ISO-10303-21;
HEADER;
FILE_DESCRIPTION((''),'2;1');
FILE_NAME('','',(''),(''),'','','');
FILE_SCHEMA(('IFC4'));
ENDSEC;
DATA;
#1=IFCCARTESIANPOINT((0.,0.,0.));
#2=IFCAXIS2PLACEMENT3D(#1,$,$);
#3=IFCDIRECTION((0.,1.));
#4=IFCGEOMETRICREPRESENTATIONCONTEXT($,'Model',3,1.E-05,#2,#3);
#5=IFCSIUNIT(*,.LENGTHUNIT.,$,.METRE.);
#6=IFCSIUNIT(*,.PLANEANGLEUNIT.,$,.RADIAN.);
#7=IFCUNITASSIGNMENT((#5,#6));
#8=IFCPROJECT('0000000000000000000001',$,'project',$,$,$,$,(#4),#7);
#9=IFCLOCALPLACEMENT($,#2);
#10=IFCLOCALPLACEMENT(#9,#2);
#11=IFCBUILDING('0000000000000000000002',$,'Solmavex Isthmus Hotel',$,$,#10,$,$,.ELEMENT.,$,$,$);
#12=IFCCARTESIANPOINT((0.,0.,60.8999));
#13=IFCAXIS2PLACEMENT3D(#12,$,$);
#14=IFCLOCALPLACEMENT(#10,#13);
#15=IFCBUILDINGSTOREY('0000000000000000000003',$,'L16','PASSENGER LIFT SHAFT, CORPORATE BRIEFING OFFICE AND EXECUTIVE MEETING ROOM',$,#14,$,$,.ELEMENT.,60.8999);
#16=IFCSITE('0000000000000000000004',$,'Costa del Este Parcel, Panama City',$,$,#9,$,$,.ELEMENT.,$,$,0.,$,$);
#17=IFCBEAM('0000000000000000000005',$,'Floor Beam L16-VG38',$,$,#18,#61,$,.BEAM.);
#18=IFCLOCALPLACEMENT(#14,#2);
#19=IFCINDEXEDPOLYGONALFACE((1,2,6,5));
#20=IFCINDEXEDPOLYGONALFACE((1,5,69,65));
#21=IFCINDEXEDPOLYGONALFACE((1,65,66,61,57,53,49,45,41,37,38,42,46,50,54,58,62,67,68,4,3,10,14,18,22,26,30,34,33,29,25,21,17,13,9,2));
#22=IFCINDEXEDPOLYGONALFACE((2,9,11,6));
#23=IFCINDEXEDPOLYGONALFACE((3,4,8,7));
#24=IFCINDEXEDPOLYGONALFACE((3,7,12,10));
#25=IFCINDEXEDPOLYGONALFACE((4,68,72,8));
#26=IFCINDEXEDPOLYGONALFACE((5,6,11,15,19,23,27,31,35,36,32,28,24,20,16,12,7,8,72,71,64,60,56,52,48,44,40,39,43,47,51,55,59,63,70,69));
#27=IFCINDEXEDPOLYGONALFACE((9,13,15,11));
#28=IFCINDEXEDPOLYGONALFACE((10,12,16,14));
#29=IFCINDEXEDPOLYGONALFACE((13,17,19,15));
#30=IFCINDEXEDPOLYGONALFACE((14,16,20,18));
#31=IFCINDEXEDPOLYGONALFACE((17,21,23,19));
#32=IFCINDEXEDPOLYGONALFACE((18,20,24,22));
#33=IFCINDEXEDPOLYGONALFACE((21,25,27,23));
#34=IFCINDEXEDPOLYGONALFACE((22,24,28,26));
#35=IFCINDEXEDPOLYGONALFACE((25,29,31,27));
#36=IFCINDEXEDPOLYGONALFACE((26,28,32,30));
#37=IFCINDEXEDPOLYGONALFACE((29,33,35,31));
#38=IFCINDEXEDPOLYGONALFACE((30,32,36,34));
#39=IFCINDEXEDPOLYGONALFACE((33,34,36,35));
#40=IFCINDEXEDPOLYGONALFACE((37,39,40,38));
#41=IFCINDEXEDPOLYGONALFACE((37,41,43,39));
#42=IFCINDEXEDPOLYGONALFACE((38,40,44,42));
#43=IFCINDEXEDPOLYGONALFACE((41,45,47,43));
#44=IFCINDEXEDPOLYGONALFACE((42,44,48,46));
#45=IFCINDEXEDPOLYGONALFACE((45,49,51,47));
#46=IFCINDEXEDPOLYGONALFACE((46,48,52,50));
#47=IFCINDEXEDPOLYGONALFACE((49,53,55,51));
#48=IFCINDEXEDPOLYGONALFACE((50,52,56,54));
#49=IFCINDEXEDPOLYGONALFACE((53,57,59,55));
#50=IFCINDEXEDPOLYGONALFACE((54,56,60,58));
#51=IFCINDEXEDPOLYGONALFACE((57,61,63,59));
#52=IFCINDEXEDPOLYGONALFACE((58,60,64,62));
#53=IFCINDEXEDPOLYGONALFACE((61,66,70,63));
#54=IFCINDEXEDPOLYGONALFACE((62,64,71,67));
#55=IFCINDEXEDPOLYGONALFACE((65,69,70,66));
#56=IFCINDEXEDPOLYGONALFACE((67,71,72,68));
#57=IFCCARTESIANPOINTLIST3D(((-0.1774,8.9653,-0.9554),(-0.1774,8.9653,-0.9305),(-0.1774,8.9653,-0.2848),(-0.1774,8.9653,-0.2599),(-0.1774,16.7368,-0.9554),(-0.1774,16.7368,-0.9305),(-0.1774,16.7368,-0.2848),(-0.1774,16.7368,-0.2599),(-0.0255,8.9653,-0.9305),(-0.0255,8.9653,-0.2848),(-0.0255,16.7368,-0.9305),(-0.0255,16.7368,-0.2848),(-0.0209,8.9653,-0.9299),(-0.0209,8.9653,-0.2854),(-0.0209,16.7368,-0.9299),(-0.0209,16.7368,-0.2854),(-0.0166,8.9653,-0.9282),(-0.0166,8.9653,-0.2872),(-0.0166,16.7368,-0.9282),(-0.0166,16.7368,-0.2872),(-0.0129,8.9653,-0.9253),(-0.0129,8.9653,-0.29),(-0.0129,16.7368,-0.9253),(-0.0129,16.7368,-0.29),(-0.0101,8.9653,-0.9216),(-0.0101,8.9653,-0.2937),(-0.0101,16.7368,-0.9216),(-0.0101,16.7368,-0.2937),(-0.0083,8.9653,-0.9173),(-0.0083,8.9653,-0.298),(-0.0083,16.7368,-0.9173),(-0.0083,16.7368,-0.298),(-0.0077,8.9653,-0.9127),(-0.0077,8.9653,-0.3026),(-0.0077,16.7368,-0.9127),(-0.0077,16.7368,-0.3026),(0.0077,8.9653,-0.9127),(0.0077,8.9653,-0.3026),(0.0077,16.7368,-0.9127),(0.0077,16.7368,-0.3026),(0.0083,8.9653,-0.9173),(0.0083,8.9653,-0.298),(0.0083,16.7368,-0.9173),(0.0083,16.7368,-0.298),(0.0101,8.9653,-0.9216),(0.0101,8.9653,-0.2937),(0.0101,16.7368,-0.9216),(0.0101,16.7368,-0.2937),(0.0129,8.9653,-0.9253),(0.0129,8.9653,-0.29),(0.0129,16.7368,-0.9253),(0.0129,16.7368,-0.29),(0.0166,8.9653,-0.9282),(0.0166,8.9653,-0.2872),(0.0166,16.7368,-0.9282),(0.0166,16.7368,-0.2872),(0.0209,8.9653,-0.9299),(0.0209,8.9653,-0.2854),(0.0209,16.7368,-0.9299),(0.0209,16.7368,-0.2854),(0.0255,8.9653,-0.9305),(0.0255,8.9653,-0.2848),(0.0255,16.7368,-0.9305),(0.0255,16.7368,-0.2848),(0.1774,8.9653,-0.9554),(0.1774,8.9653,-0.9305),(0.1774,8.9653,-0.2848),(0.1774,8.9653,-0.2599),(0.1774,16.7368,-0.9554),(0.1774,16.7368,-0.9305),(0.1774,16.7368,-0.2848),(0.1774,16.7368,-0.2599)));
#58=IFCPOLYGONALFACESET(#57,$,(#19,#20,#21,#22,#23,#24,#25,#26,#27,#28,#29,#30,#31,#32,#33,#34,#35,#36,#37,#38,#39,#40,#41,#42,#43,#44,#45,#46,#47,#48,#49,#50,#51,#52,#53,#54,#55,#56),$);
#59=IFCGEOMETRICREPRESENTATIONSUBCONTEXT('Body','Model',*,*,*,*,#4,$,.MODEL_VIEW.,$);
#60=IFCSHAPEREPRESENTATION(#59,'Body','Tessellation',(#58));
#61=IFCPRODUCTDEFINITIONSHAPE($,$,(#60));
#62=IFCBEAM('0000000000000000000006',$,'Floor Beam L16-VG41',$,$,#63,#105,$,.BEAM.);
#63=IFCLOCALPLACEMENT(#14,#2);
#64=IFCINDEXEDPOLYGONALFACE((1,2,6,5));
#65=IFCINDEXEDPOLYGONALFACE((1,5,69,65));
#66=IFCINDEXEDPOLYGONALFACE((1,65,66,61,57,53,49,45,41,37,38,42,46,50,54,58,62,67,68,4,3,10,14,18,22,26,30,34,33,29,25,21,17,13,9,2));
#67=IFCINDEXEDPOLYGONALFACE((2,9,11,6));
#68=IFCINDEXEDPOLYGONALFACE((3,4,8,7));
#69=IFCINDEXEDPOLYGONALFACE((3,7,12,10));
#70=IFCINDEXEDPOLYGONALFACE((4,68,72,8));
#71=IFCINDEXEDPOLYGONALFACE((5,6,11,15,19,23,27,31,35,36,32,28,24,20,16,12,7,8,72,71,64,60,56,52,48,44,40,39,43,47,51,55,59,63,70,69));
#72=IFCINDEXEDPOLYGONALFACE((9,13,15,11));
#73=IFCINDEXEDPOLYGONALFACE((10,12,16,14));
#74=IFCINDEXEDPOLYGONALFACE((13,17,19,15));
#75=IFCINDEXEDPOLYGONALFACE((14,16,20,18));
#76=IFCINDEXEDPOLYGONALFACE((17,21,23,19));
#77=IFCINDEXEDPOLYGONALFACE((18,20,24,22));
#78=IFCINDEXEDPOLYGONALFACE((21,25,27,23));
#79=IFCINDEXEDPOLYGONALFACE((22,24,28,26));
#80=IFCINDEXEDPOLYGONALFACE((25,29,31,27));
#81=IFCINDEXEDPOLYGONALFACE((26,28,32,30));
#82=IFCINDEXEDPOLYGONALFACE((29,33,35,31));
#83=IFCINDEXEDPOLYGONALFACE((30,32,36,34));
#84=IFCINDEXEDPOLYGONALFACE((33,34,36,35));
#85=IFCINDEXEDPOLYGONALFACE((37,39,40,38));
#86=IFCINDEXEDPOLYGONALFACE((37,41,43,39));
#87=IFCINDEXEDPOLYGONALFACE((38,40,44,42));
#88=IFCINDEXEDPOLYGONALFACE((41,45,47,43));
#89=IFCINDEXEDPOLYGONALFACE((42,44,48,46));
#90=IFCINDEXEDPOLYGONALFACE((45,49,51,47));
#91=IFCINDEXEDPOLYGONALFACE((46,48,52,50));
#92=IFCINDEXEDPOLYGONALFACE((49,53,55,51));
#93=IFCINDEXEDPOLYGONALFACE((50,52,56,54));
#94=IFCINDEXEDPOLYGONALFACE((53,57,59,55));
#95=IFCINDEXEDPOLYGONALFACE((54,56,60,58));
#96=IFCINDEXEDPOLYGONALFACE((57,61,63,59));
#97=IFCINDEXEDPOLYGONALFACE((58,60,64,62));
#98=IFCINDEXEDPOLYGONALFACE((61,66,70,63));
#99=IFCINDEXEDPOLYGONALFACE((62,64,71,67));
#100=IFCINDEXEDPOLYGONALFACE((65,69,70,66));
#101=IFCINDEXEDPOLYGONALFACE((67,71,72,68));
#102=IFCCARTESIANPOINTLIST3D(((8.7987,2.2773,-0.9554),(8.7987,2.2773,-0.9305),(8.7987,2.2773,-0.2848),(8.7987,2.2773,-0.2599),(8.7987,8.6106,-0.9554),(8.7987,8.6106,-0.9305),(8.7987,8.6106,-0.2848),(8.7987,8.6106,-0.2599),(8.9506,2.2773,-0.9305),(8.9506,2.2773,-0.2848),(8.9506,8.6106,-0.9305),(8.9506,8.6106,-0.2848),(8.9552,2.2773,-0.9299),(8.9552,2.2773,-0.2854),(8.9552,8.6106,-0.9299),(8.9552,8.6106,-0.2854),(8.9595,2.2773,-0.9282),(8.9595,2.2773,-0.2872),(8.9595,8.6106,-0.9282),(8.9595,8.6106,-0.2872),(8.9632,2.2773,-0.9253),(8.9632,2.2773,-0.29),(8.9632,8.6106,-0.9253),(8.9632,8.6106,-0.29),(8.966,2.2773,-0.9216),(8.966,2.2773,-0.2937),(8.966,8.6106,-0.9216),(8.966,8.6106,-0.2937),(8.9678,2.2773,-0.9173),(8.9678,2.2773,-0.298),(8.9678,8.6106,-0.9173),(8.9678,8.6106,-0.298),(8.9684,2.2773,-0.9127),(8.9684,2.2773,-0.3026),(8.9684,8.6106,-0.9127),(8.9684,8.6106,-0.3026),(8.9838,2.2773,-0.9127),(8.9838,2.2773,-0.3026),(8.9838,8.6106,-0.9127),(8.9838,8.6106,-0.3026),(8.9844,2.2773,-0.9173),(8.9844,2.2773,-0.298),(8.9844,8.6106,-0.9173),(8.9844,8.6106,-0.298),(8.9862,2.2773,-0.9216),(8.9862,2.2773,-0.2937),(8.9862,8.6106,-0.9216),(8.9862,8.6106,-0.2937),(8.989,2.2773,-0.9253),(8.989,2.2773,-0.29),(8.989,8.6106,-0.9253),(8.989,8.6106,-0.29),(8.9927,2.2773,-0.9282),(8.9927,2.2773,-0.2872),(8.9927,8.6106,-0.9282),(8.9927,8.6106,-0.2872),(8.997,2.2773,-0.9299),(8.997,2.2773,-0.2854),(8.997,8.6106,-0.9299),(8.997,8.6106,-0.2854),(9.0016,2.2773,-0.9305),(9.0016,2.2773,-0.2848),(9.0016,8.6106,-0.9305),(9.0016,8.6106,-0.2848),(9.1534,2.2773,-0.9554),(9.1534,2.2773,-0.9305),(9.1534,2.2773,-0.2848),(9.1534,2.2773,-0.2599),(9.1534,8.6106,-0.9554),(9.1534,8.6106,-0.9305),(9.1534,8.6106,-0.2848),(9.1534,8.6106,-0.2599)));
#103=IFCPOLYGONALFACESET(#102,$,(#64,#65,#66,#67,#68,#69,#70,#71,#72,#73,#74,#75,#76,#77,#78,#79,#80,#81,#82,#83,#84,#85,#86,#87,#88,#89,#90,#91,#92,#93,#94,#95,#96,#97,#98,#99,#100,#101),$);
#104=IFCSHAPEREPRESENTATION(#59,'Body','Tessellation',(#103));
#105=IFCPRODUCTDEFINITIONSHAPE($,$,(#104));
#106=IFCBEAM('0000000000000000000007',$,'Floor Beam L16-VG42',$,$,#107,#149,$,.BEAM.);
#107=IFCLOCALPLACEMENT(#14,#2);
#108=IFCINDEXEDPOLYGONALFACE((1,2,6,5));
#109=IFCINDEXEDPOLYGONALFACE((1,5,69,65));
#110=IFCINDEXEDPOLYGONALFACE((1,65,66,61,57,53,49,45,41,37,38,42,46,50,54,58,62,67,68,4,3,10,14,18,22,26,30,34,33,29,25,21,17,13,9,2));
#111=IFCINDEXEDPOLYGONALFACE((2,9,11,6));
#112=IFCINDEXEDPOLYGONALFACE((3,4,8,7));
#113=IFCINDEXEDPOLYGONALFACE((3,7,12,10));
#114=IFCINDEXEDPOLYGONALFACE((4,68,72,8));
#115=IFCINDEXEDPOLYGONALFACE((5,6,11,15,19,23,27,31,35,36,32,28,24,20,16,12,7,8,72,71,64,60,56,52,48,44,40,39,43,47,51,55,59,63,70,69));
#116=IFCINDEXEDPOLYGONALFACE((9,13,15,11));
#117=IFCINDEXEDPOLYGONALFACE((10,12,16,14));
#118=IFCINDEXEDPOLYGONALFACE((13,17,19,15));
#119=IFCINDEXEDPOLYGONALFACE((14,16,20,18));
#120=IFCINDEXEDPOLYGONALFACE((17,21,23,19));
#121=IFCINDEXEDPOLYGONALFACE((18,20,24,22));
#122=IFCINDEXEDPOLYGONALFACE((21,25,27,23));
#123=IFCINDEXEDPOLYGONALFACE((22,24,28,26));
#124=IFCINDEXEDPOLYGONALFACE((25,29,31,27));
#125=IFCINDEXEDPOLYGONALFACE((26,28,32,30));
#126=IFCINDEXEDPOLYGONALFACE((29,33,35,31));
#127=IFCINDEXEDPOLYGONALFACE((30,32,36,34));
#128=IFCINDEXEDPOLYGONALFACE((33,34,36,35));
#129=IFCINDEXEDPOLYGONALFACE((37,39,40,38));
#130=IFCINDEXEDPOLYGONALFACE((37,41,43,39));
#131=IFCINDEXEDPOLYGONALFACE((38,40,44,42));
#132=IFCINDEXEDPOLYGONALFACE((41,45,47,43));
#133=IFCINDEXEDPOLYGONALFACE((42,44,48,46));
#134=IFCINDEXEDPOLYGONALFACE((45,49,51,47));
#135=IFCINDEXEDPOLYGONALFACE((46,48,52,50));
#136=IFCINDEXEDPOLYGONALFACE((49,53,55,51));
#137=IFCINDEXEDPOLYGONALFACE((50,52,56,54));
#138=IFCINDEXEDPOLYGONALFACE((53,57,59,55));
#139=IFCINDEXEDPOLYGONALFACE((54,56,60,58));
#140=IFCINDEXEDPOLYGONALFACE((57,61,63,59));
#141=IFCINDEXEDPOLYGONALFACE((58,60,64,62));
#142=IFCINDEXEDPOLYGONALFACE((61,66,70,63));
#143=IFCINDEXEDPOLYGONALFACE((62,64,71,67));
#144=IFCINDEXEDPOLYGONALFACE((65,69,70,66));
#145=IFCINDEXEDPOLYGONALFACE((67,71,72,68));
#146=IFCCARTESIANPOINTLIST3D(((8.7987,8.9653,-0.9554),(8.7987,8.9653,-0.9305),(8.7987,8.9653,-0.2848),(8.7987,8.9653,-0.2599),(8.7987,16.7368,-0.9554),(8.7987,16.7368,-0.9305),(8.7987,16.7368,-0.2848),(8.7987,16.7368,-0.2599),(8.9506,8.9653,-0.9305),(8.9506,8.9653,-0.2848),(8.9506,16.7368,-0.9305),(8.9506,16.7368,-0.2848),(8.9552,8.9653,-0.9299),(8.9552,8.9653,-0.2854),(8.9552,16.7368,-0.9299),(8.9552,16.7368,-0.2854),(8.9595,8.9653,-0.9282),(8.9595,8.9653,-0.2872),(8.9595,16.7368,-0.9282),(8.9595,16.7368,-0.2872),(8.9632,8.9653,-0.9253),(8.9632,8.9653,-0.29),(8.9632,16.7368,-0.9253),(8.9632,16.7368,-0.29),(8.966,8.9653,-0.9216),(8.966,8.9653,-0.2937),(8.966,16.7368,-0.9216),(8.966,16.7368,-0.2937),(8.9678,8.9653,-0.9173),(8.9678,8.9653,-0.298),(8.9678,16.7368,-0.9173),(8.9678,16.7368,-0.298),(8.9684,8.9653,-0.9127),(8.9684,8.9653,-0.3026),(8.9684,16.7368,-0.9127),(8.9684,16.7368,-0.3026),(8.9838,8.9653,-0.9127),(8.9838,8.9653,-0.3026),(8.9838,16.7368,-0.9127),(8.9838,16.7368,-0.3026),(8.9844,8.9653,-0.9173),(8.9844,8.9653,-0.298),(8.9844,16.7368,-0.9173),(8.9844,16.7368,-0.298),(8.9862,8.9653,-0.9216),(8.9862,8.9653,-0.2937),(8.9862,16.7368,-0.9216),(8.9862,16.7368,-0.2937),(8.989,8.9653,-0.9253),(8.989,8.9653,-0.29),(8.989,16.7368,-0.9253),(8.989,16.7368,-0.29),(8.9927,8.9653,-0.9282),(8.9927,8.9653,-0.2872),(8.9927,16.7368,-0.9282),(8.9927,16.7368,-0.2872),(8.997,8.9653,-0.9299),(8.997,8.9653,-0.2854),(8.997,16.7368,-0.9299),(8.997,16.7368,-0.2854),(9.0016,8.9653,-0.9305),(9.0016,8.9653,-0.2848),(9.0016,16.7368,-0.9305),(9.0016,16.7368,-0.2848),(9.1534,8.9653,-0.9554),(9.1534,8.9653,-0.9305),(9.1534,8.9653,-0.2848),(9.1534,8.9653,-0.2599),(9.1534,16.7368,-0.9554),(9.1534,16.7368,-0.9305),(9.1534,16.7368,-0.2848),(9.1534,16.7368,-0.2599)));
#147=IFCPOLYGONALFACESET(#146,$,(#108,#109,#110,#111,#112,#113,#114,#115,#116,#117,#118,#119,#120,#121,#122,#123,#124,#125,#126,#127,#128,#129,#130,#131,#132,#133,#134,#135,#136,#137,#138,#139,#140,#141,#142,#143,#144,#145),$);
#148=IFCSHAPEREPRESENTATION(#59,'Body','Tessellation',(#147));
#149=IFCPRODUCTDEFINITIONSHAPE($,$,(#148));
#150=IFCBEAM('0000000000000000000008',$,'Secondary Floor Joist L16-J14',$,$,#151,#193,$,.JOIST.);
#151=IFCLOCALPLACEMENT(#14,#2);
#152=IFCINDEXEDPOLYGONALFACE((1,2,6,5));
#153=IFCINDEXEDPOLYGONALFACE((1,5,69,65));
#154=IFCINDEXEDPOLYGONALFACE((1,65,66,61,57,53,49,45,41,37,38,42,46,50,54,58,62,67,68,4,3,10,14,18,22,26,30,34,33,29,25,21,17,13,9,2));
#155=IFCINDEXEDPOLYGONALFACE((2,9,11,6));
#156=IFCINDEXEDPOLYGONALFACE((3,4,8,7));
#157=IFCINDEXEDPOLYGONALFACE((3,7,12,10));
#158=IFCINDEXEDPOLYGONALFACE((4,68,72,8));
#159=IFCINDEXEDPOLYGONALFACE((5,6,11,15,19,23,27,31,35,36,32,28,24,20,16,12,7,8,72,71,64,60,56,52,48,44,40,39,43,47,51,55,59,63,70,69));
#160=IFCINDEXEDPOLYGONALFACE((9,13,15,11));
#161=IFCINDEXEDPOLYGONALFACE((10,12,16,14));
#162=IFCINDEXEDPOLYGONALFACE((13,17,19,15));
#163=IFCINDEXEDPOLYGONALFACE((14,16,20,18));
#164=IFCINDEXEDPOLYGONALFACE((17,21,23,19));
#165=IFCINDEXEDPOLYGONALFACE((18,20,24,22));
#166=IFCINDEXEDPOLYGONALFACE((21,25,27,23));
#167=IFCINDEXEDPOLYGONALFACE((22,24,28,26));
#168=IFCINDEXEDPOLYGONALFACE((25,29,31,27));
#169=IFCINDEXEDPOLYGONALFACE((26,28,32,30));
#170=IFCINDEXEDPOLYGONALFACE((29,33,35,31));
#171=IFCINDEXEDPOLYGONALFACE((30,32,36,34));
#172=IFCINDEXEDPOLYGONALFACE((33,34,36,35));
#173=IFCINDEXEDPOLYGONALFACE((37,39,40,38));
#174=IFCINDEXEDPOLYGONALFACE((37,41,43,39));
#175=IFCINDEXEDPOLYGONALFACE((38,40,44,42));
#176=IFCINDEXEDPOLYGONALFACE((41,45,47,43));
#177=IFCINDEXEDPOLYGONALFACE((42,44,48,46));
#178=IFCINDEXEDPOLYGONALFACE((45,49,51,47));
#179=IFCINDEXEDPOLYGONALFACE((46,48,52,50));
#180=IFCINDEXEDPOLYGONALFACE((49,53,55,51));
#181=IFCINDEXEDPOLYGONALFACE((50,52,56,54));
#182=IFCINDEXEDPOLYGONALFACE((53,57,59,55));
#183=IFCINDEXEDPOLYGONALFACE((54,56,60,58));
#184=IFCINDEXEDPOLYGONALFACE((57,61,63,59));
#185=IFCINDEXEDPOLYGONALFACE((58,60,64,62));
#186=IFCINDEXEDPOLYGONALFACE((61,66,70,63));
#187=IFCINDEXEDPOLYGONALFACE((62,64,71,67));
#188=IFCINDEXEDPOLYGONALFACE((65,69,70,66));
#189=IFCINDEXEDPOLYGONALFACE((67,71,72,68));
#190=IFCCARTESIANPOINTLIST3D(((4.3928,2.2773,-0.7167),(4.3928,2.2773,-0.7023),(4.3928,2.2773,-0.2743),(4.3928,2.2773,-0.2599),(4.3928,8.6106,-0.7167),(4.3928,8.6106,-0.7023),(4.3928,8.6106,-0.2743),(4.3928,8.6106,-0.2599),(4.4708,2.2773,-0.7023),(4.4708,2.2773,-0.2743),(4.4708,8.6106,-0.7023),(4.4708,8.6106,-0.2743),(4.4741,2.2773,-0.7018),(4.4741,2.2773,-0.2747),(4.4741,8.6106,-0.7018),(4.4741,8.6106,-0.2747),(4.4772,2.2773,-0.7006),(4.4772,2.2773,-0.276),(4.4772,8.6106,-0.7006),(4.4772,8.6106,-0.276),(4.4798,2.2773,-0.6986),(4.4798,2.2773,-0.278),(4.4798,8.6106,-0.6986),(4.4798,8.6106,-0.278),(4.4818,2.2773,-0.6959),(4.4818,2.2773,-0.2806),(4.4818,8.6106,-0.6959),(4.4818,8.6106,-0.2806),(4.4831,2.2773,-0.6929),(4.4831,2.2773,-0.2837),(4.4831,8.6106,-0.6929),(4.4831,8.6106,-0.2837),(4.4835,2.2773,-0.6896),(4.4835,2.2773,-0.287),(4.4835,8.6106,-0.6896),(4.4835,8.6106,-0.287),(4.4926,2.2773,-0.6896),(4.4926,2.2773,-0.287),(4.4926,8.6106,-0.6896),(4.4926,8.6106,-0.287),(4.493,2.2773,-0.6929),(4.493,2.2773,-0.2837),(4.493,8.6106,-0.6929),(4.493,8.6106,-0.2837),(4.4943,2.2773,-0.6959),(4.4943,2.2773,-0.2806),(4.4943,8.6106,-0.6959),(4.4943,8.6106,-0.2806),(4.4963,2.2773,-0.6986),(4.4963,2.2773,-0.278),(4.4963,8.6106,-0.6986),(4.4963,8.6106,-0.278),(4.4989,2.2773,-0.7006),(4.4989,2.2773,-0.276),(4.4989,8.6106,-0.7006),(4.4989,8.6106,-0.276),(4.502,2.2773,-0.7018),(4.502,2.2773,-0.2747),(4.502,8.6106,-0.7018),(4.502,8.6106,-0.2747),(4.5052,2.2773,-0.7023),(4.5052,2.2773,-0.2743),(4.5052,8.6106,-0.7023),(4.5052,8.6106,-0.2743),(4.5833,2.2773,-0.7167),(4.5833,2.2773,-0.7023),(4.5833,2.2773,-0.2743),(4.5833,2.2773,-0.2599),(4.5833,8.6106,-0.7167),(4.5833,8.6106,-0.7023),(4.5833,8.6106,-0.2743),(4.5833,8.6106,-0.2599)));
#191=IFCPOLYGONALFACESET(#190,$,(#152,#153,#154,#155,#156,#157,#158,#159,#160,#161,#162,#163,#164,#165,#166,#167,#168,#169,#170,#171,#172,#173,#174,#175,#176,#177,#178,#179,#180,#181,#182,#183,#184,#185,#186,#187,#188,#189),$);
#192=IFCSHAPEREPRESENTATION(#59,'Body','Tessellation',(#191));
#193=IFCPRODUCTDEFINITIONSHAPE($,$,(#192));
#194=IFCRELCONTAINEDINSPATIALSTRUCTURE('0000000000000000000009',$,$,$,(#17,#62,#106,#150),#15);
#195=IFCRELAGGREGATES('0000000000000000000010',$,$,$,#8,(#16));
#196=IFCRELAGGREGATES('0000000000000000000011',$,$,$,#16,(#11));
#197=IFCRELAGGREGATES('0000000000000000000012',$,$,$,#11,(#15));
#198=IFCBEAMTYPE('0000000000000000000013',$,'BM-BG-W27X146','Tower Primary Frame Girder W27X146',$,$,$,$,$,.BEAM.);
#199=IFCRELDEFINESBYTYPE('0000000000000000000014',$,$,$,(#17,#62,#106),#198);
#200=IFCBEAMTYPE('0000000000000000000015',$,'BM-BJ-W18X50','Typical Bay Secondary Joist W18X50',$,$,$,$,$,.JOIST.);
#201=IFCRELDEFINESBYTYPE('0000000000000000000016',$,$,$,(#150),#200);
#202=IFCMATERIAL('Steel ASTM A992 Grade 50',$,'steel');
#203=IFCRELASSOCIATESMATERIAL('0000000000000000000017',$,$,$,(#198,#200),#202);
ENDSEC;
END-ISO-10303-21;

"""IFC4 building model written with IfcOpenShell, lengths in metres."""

from ifc_helpers import new_model, si_unit, direction, frame, origin, origin_2d, place, context, subcontext, project, spatial, i_section, extrude, material, material_profile, profile_set, type_object, element, save


model = new_model("IFC4")

# Units and contexts
model_context = context("Model", 3, precision=1e-05, world=origin(), true_north=direction((0.0, 1.0)))
body_context = subcontext(model_context, "Body", "Model", "MODEL_VIEW")
ifc_project = project(units=[si_unit("LENGTHUNIT", "METRE"), si_unit("PLANEANGLEUNIT", "RADIAN")], contexts=[model_context])

# Site, building, storey
site_placement = place(None, origin())
site = spatial("IfcSite", under=ifc_project, at=site_placement, Name="Costa del Este Parcel, Panama City", CompositionType="ELEMENT", RefElevation=0.0)
building_placement = place(site_placement, origin())
building = spatial("IfcBuilding", under=site, at=building_placement, Name="Solmavex Isthmus Hotel", CompositionType="ELEMENT")
storey_placement = place(building_placement, frame((0.0, 0.0, 60.8999)))
storey = spatial("IfcBuildingStorey", under=building, at=storey_placement, Name="L16", Description="PASSENGER LIFT SHAFT, CORPORATE BRIEFING OFFICE AND EXECUTIVE MEETING ROOM", CompositionType="ELEMENT", Elevation=60.8999)

# Beams
ifc_material_1 = material(Name="Steel ASTM A992 Grade 50", Category="steel")
ifc_material_profile_1 = material_profile(ifc_material_1, i_section(OverallWidth=0.3547, OverallDepth=0.6956, WebThickness=0.0154, FlangeThickness=0.0249, FilletRadius=0.0178, at=origin_2d()), Name="W27X146")
ifc_profile_set_1 = profile_set([ifc_material_profile_1], Name="Steel ASTM A992 Grade 50")
beam_type_1 = type_object("IfcBeamType", Name="BM-BG-W27X146", Description="Tower Primary Frame Girder W27X146", PredefinedType="BEAM", material=ifc_profile_set_1)
beam_1_placement = place(storey_placement, frame((0.0, 8.9653, -0.6077), z_axis=(0.0, 1.0, 0.0), x_axis=(-1.0, 0.0, 0.0)))
element("IfcBeam", 1, at=beam_1_placement, inside=storey, type_object=beam_type_1, Name="Floor Beam L16-VG38", PredefinedType="BEAM", context=body_context, shape_type="SweptSolid", body=[
    extrude(i_section(OverallWidth=0.3547, OverallDepth=0.6956, WebThickness=0.0154, FlangeThickness=0.0249, FilletRadius=0.0178, at=origin_2d()), origin(), (0.0, 0.0, 1.0), 7.7715),
])
beam_2_placement = place(storey_placement, frame((8.9761, 2.2773, -0.6077), z_axis=(0.0, 1.0, 0.0), x_axis=(-1.0, 0.0, 0.0)))
element("IfcBeam", 2, at=beam_2_placement, inside=storey, type_object=beam_type_1, Name="Floor Beam L16-VG41", PredefinedType="BEAM", context=body_context, shape_type="SweptSolid", body=[
    extrude(i_section(OverallWidth=0.3547, OverallDepth=0.6956, WebThickness=0.0154, FlangeThickness=0.0249, FilletRadius=0.0178, at=origin_2d()), origin(), (0.0, 0.0, 1.0), 6.3333),
])
beam_3_placement = place(storey_placement, frame((8.9761, 8.9653, -0.6077), z_axis=(0.0, 1.0, 0.0), x_axis=(-1.0, 0.0, 0.0)))
element("IfcBeam", 3, at=beam_3_placement, inside=storey, type_object=beam_type_1, Name="Floor Beam L16-VG42", PredefinedType="BEAM", context=body_context, shape_type="SweptSolid", body=[
    extrude(i_section(OverallWidth=0.3547, OverallDepth=0.6956, WebThickness=0.0154, FlangeThickness=0.0249, FilletRadius=0.0178, at=origin_2d()), origin(), (0.0, 0.0, 1.0), 7.7715),
])
ifc_material_profile_2 = material_profile(ifc_material_1, i_section(OverallWidth=0.1904, OverallDepth=0.4568, WebThickness=0.009, FlangeThickness=0.0144, FilletRadius=0.0127, at=origin_2d()), Name="W18X50")
ifc_profile_set_2 = profile_set([ifc_material_profile_2], Name="Steel ASTM A992 Grade 50")
beam_type_2 = type_object("IfcBeamType", Name="BM-BJ-W18X50", Description="Typical Bay Secondary Joist W18X50", PredefinedType="JOIST", material=ifc_profile_set_2)
beam_4_placement = place(storey_placement, frame((4.488, 2.2773, -0.4883), z_axis=(0.0, 1.0, 0.0), x_axis=(-1.0, 0.0, 0.0)))
element("IfcBeam", 4, at=beam_4_placement, inside=storey, type_object=beam_type_2, Name="Secondary Floor Joist L16-J14", PredefinedType="JOIST", context=body_context, shape_type="SweptSolid", body=[
    extrude(i_section(OverallWidth=0.1904, OverallDepth=0.4568, WebThickness=0.009, FlangeThickness=0.0144, FilletRadius=0.0127, at=origin_2d()), origin(), (0.0, 0.0, 1.0), 6.3333),
])

save(model, "model.ifc")
